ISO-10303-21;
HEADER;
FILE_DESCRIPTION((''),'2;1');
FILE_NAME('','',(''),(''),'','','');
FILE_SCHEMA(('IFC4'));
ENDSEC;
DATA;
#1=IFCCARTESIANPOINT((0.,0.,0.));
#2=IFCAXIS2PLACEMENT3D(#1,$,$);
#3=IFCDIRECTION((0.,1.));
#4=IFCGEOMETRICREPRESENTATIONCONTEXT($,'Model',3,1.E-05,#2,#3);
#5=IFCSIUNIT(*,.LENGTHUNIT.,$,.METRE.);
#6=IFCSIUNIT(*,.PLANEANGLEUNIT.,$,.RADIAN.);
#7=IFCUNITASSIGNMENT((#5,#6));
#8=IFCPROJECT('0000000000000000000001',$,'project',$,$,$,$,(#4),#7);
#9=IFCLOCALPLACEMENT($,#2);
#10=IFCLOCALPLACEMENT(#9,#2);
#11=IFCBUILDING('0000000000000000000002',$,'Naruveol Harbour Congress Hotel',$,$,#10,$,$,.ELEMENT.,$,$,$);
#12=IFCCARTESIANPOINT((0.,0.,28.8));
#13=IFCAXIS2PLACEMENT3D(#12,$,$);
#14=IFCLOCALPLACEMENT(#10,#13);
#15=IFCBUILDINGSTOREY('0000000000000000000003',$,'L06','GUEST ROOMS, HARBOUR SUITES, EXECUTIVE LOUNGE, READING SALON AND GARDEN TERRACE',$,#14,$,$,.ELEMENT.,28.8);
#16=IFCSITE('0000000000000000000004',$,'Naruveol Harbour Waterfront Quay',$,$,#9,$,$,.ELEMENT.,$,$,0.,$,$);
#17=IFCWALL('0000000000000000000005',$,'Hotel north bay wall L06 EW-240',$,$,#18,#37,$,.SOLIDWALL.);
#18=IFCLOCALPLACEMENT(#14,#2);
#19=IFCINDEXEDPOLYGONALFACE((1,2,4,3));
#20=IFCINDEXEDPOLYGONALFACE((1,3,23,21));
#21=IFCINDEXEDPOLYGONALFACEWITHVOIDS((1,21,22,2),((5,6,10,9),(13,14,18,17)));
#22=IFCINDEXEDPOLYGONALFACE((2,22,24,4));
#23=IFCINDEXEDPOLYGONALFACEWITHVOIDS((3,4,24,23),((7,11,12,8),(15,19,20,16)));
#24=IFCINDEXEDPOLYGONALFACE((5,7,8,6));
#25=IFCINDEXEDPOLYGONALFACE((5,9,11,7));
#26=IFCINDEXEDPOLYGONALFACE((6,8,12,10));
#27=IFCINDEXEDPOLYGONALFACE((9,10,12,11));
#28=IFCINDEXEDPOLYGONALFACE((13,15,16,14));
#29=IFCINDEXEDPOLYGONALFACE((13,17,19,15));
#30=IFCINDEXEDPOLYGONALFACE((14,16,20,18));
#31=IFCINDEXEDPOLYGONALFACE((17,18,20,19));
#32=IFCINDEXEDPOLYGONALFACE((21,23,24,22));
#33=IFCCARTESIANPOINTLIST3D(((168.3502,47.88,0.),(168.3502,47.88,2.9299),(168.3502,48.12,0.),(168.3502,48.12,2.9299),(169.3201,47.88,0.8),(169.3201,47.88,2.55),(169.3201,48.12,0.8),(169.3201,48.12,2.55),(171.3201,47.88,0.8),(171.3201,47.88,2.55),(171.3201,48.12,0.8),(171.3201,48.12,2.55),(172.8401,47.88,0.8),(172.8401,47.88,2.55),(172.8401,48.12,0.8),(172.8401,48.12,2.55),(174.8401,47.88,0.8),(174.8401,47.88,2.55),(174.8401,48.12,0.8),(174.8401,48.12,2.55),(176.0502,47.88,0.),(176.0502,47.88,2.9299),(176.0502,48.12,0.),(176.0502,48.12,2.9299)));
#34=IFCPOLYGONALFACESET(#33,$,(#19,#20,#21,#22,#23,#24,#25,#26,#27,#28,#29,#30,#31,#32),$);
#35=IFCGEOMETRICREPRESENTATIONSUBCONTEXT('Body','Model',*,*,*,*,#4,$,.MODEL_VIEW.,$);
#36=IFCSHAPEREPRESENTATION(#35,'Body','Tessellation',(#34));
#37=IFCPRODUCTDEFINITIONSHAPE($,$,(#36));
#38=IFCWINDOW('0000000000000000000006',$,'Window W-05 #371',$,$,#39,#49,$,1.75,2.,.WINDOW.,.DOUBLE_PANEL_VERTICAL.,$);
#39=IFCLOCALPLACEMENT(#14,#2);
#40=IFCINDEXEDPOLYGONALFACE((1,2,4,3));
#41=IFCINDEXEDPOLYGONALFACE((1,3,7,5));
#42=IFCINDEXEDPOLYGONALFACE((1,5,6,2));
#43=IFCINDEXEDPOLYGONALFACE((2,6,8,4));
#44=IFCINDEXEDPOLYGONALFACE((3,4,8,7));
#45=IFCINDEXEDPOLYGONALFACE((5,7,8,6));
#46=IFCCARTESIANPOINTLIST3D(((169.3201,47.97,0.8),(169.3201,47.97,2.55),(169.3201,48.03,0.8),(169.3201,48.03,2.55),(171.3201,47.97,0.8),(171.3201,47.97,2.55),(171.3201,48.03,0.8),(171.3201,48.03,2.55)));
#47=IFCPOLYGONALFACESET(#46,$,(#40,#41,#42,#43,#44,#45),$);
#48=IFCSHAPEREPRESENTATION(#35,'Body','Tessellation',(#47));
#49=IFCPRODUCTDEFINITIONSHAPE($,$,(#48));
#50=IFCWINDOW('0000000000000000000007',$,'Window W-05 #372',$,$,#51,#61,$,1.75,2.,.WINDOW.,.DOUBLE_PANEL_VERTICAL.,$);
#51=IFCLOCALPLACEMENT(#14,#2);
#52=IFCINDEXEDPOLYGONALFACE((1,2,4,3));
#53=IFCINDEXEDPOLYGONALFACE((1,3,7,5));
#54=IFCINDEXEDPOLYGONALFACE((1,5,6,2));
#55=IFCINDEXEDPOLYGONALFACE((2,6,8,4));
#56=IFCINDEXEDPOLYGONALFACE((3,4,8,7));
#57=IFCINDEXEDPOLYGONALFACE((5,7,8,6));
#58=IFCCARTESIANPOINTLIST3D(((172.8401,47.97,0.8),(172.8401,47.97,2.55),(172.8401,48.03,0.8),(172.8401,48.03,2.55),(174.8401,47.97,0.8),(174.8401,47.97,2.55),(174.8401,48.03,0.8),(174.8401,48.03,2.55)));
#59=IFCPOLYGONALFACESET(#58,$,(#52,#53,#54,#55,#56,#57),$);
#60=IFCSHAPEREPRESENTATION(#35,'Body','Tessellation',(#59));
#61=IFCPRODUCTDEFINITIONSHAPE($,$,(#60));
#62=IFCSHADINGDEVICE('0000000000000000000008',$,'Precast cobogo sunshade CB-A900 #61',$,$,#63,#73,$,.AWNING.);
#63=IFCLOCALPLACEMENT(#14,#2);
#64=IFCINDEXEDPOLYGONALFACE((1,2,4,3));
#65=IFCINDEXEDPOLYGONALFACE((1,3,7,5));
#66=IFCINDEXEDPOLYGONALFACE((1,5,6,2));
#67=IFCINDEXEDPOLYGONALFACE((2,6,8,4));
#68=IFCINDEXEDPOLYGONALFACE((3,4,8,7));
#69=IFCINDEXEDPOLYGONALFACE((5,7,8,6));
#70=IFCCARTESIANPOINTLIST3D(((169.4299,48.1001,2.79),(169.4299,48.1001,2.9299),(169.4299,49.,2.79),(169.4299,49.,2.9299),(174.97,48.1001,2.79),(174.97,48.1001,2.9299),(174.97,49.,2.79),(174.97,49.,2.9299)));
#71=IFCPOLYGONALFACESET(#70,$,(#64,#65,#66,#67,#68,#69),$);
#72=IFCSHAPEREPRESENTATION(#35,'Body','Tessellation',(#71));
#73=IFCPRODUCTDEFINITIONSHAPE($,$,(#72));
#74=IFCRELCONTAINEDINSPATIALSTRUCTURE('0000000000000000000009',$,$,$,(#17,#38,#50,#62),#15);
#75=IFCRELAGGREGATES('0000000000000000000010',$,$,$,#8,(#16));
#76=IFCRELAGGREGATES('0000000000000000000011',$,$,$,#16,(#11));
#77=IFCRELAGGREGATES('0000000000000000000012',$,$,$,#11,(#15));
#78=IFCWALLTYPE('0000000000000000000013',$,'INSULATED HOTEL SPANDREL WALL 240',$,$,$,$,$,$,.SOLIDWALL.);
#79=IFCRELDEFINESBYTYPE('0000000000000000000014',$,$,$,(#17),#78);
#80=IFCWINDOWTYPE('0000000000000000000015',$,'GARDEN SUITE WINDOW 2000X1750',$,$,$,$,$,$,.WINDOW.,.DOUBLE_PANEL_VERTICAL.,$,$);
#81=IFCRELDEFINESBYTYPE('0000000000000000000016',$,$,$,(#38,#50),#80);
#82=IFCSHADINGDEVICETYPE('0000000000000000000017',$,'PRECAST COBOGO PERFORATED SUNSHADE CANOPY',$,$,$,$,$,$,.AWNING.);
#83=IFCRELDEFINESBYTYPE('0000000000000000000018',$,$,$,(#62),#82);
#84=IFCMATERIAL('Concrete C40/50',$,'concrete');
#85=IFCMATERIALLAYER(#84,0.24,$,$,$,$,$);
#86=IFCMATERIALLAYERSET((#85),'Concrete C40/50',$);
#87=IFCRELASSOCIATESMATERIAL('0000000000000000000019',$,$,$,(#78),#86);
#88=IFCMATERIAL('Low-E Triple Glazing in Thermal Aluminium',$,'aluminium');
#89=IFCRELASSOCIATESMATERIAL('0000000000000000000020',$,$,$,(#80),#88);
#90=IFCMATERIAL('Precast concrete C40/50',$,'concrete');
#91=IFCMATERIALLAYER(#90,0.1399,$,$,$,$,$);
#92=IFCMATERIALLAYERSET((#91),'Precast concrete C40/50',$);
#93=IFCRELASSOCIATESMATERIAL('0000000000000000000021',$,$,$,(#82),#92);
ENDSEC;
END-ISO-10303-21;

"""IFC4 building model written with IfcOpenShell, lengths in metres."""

from ifc_helpers import new_model, si_unit, direction, frame, frame_2d, origin, origin_2d, place, context, subcontext, project, spatial, rectangle, extrude, material, layer, layer_set, type_object, element, fill, save


model = new_model("IFC4")

# Units and contexts
model_context = context("Model", 3, precision=1e-05, world=origin(), true_north=direction((0.0, 1.0)))
body_context = subcontext(model_context, "Body", "Model", "MODEL_VIEW")
ifc_project = project(units=[si_unit("LENGTHUNIT", "METRE"), si_unit("PLANEANGLEUNIT", "RADIAN")], contexts=[model_context])

# Site, building, storey
site_placement = place(None, origin())
site = spatial("IfcSite", under=ifc_project, at=site_placement, Name="Naruveol Harbour Waterfront Quay", CompositionType="ELEMENT", RefElevation=0.0)
building_placement = place(site_placement, origin())
building = spatial("IfcBuilding", under=site, at=building_placement, Name="Naruveol Harbour Congress Hotel", CompositionType="ELEMENT")
storey_placement = place(building_placement, frame((0.0, 0.0, 28.8)))
storey = spatial("IfcBuildingStorey", under=building, at=storey_placement, Name="L06", Description="GUEST ROOMS, HARBOUR SUITES, EXECUTIVE LOUNGE, READING SALON AND GARDEN TERRACE", CompositionType="ELEMENT", Elevation=28.8)

# Wall, openings, windows
ifc_material_1 = material(Name="Concrete C40/50", Category="concrete")
ifc_layer_1 = layer(ifc_material_1, 0.24)
ifc_layer_set_1 = layer_set([ifc_layer_1], Name="Concrete C40/50")
wall_type_1 = type_object("IfcWallType", Name="INSULATED HOTEL SPANDREL WALL 240", PredefinedType="SOLIDWALL", material=ifc_layer_set_1)
wall_1_placement = place(storey_placement, frame((168.3501, 48.0, 0.0), z_axis=(0.0, 0.0, 1.0), x_axis=(1.0, 0.0, 0.0)))
wall_1 = element("IfcWall", 1, at=wall_1_placement, inside=storey, type_object=wall_type_1, Name="Hotel north bay wall L06 EW-240", PredefinedType="SOLIDWALL", context=body_context, shape_type="SweptSolid", body=[
    extrude(rectangle(XDim=7.7, YDim=0.24, at=frame_2d((3.8501, 0.0))), origin(), (0.0, 0.0, 1.0), 2.9299),
])
opening_1_placement = place(wall_1_placement, frame((0.97, 0.0, 0.8)))
opening_1 = element("IfcOpeningElement", 2, at=opening_1_placement, cuts=wall_1, PredefinedType="OPENING", context=body_context, shape_type="SweptSolid", body=[
    extrude(rectangle(XDim=2.0, YDim=1.75, at=frame_2d((1.0, 0.875))), frame((0.0, 0.1299, 0.0), z_axis=(0.0, -1.0, 0.0), x_axis=(1.0, 0.0, 0.0)), (0.0, 0.0, 1.0), 0.26),
])
opening_2_placement = place(wall_1_placement, frame((4.49, 0.0, 0.8)))
opening_2 = element("IfcOpeningElement", 3, at=opening_2_placement, cuts=wall_1, PredefinedType="OPENING", context=body_context, shape_type="SweptSolid", body=[
    extrude(rectangle(XDim=2.0, YDim=1.75, at=frame_2d((1.0, 0.875))), frame((0.0, 0.1299, 0.0), z_axis=(0.0, -1.0, 0.0), x_axis=(1.0, 0.0, 0.0)), (0.0, 0.0, 1.0), 0.26),
])
ifc_material_2 = material(Name="Low-E Triple Glazing in Thermal Aluminium", Category="aluminium")
window_type_1 = type_object("IfcWindowType", Name="GARDEN SUITE WINDOW 2000X1750", PartitioningType="DOUBLE_PANEL_VERTICAL", PredefinedType="WINDOW", material=ifc_material_2)
window_1_placement = place(opening_1_placement, origin())
window_1 = element("IfcWindow", 4, at=window_1_placement, inside=storey, type_object=window_type_1, Name="Window W-05 #371", OverallHeight=1.75, OverallWidth=2.0, PartitioningType="DOUBLE_PANEL_VERTICAL", PredefinedType="WINDOW", context=body_context, shape_type="SweptSolid", body=[
    extrude(rectangle(XDim=2.0, YDim=1.75, at=frame_2d((1.0, 0.875))), frame((0.0, 0.03, 0.0), z_axis=(0.0, -1.0, 0.0), x_axis=(1.0, 0.0, 0.0)), (0.0, 0.0, 1.0), 0.0601),
])
fill(opening_1, window_1)
window_2_placement = place(opening_2_placement, origin())
window_2 = element("IfcWindow", 5, at=window_2_placement, inside=storey, type_object=window_type_1, Name="Window W-05 #372", OverallHeight=1.75, OverallWidth=2.0, PartitioningType="DOUBLE_PANEL_VERTICAL", PredefinedType="WINDOW", context=body_context, shape_type="SweptSolid", body=[
    extrude(rectangle(XDim=2.0, YDim=1.75, at=frame_2d((1.0, 0.875))), frame((0.0, 0.03, 0.0), z_axis=(0.0, -1.0, 0.0), x_axis=(1.0, 0.0, 0.0)), (0.0, 0.0, 1.0), 0.0601),
])
fill(opening_2, window_2)

# Shading device
ifc_material_3 = material(Name="Precast concrete C40/50", Category="concrete")
ifc_layer_2 = layer(ifc_material_3, 0.1399)
ifc_layer_set_2 = layer_set([ifc_layer_2], Name="Precast concrete C40/50")
shading_device_type = type_object("IfcShadingDeviceType", Name="PRECAST COBOGO PERFORATED SUNSHADE CANOPY", PredefinedType="AWNING", material=ifc_layer_set_2)
shading_device_placement = place(storey_placement, frame((172.2, 48.55, 2.79), z_axis=(0.0, 0.0, 1.0), x_axis=(1.0, 0.0, 0.0)))
element("IfcShadingDevice", 6, at=shading_device_placement, inside=storey, type_object=shading_device_type, Name="Precast cobogo sunshade CB-A900 #61", PredefinedType="AWNING", context=body_context, shape_type="SweptSolid", body=[
    extrude(rectangle(XDim=5.54, YDim=0.8999, at=origin_2d()), origin(), (0.0, 0.0, 1.0), 0.1399),
])

save(model, "model.ifc")
